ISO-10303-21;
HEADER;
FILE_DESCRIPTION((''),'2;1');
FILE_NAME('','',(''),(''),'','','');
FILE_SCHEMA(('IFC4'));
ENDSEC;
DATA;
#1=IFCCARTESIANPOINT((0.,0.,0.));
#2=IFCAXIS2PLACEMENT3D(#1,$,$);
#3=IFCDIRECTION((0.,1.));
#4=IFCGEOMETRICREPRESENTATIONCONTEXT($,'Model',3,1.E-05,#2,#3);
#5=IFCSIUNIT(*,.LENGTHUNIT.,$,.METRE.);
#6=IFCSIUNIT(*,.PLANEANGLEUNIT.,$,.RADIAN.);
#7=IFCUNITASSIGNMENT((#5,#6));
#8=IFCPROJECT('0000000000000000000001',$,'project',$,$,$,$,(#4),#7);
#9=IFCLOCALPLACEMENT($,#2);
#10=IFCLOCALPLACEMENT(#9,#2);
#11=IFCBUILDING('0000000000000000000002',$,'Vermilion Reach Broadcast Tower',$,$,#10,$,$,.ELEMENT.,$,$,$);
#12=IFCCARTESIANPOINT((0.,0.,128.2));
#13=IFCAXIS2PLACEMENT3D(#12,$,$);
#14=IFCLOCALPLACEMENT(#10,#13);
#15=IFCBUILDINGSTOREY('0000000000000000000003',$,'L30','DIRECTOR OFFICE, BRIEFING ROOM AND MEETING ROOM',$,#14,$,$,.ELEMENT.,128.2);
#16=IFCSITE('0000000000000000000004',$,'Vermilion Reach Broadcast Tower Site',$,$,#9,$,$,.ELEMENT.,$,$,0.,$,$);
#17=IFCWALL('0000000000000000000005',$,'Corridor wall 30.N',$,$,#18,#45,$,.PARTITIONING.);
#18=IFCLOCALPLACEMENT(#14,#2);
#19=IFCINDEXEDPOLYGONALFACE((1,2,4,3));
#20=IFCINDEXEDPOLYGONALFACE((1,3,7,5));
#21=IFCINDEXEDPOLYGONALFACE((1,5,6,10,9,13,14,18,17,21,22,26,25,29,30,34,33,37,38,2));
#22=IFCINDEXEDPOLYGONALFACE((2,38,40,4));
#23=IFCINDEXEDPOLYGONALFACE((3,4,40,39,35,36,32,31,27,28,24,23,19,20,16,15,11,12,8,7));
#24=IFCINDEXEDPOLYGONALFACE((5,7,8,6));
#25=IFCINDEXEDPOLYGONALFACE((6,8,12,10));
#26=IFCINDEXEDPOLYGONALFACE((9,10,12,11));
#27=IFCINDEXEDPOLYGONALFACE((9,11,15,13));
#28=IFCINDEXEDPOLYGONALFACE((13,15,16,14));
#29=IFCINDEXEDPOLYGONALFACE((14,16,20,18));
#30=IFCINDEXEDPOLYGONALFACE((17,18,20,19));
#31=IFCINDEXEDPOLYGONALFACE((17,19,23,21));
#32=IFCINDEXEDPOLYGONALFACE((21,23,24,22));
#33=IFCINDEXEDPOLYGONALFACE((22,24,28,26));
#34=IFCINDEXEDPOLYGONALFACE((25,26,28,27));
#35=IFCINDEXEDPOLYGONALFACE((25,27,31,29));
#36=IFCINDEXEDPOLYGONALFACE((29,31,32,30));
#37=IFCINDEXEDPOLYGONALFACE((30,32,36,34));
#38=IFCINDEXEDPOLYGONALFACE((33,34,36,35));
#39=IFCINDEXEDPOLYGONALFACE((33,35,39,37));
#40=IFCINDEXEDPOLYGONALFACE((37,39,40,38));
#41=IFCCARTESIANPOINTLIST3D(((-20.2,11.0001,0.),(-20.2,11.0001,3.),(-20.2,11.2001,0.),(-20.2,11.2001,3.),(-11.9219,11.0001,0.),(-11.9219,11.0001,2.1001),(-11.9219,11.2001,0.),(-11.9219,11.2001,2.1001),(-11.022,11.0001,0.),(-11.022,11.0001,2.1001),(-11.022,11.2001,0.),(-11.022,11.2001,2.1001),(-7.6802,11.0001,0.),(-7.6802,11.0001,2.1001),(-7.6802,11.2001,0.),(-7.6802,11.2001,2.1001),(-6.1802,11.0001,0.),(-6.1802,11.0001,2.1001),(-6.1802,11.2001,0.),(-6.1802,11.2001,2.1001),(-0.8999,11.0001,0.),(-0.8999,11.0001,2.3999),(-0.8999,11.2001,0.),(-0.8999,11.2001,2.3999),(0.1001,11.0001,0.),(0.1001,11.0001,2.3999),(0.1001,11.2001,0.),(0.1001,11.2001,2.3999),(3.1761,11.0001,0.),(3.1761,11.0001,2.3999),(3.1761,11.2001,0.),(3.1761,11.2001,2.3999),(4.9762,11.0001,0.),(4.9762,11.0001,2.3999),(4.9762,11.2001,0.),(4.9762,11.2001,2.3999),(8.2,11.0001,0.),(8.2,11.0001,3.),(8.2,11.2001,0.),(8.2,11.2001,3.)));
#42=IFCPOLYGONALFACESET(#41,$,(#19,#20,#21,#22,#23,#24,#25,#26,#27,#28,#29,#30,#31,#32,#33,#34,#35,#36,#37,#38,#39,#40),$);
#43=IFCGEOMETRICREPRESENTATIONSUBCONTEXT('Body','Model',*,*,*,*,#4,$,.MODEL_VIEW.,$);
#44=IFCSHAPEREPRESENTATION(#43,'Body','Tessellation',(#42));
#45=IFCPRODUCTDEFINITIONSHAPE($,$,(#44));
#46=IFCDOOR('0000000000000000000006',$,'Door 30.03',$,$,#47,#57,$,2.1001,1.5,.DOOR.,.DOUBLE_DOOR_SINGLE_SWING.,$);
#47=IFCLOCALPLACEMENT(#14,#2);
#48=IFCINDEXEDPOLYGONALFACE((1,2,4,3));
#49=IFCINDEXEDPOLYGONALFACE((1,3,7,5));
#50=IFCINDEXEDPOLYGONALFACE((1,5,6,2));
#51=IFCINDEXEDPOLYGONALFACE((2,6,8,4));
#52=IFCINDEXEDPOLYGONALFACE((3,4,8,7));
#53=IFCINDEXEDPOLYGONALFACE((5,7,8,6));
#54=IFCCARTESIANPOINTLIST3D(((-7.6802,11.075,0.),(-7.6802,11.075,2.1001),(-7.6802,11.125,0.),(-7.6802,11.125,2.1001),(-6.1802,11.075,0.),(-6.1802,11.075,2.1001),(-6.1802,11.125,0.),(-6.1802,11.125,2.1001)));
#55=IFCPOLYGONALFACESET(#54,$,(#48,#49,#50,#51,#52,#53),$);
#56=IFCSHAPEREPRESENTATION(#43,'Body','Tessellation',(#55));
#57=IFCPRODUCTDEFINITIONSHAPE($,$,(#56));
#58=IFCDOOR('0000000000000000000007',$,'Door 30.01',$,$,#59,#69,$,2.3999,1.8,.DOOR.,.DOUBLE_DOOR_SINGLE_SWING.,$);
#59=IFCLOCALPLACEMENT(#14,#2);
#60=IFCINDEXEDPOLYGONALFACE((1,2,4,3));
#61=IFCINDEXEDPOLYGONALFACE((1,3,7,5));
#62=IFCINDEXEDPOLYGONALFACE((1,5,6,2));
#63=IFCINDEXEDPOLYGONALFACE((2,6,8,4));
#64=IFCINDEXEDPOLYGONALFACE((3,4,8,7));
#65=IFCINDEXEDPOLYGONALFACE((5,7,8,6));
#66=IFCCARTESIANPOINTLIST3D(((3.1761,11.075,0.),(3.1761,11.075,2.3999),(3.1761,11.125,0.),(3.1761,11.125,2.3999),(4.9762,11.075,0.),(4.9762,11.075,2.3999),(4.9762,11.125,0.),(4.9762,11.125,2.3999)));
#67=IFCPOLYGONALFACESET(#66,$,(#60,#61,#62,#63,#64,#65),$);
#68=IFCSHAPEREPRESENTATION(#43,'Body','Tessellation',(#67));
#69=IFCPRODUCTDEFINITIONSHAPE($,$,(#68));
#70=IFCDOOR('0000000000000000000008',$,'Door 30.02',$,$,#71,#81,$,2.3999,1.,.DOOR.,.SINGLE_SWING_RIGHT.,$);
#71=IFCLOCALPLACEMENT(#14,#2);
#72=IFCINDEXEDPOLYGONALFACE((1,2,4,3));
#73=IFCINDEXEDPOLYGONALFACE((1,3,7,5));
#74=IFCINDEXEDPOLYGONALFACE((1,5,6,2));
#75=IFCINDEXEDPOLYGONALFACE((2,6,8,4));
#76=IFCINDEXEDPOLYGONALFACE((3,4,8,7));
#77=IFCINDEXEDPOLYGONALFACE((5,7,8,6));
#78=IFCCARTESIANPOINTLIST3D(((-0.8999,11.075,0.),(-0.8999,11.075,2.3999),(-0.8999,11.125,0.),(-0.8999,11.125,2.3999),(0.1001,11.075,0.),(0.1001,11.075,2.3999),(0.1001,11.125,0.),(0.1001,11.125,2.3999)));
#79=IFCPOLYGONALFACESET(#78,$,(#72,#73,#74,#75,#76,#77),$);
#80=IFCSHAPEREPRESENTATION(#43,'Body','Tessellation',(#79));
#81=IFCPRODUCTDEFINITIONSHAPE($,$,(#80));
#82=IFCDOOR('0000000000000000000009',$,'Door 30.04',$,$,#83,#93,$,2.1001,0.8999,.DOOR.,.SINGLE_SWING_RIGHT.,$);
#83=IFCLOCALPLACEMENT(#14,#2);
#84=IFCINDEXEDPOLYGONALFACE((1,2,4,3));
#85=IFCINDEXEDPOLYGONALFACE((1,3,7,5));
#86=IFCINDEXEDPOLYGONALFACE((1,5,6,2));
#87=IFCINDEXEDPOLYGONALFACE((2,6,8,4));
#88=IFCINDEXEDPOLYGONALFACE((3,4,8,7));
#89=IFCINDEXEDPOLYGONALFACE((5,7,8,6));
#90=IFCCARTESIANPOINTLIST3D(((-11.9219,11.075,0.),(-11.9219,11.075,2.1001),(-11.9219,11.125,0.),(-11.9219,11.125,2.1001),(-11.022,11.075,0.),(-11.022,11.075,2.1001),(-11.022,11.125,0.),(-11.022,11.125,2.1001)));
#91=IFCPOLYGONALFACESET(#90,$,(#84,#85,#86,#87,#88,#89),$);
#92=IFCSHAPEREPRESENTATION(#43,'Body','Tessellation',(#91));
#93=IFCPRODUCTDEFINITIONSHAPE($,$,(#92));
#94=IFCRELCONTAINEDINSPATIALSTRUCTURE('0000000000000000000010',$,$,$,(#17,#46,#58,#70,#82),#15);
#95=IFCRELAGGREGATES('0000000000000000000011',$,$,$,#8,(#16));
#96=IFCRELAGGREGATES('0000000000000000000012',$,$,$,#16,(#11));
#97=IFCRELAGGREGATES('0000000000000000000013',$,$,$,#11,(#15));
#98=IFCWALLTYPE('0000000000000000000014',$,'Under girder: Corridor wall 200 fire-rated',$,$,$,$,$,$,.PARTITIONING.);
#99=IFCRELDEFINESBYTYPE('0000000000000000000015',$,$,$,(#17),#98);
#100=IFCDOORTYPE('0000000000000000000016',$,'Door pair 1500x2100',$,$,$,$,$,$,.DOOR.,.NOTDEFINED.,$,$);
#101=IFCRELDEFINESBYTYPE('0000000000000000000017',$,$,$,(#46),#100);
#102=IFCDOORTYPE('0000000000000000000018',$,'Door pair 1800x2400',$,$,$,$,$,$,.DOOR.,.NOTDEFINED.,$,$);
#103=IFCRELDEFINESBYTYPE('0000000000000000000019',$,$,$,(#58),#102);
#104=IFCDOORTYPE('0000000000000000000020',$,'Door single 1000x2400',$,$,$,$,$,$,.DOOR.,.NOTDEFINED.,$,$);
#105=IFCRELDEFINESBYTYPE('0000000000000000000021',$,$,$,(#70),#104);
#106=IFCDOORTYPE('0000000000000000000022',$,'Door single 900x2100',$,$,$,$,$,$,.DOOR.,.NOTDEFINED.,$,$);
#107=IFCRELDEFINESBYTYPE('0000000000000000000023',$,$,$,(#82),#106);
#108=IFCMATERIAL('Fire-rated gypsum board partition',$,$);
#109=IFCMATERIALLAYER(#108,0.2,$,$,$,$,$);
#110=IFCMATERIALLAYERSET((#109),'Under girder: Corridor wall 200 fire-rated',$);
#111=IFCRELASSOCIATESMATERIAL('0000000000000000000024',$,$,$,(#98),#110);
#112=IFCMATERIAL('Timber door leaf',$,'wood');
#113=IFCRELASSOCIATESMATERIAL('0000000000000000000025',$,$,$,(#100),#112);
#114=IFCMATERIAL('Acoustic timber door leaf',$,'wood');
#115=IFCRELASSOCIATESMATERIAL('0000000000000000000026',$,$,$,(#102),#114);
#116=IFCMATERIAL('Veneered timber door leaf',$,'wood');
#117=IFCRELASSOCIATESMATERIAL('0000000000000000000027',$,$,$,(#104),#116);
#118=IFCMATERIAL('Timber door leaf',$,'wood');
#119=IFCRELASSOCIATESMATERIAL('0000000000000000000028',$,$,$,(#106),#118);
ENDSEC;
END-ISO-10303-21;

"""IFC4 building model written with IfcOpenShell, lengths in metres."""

from ifc_helpers import new_model, si_unit, direction, frame, frame_2d, origin, place, context, subcontext, project, spatial, rectangle, extrude, material, layer, layer_set, type_object, element, fill, save


model = new_model("IFC4")

# Units and contexts
model_context = context("Model", 3, precision=1e-05, world=origin(), true_north=direction((0.0, 1.0)))
body_context = subcontext(model_context, "Body", "Model", "MODEL_VIEW")
ifc_project = project(units=[si_unit("LENGTHUNIT", "METRE"), si_unit("PLANEANGLEUNIT", "RADIAN")], contexts=[model_context])

# Site, building, storey
site_placement = place(None, origin())
site = spatial("IfcSite", under=ifc_project, at=site_placement, Name="Vermilion Reach Broadcast Tower Site", CompositionType="ELEMENT", RefElevation=0.0)
building_placement = place(site_placement, origin())
building = spatial("IfcBuilding", under=site, at=building_placement, Name="Vermilion Reach Broadcast Tower", CompositionType="ELEMENT")
storey_placement = place(building_placement, frame((0.0, 0.0, 128.2)))
storey = spatial("IfcBuildingStorey", under=building, at=storey_placement, Name="L30", Description="DIRECTOR OFFICE, BRIEFING ROOM AND MEETING ROOM", CompositionType="ELEMENT", Elevation=128.2)

# Wall, openings, doors
ifc_material_1 = material(Name="Fire-rated gypsum board partition")
ifc_layer_1 = layer(ifc_material_1, 0.2)
ifc_layer_set_1 = layer_set([ifc_layer_1], Name="Under girder: Corridor wall 200 fire-rated")
wall_type_1 = type_object("IfcWallType", Name="Under girder: Corridor wall 200 fire-rated", PredefinedType="PARTITIONING", material=ifc_layer_set_1)
wall_1_placement = place(storey_placement, frame((-20.2, 11.1001, 0.0), z_axis=(0.0, 0.0, 1.0), x_axis=(1.0, 0.0, 0.0)))
wall_1 = element("IfcWall", 1, at=wall_1_placement, inside=storey, type_object=wall_type_1, Name="Corridor wall 30.N", PredefinedType="PARTITIONING", context=body_context, shape_type="SweptSolid", body=[
    extrude(rectangle(XDim=28.3999, YDim=0.2, at=frame_2d((14.2, 0.0))), origin(), (0.0, 0.0, 1.0), 3.0),
])
opening_1_placement = place(wall_1_placement, frame((23.3762, 0.0, 0.0)))
opening_1 = element("IfcOpeningElement", 2, at=opening_1_placement, cuts=wall_1, PredefinedType="OPENING", context=body_context, shape_type="SweptSolid", body=[
    extrude(rectangle(XDim=1.8, YDim=2.3999, at=frame_2d((0.8999, 1.2))), frame((0.0, 0.1099, 0.0), z_axis=(0.0, -1.0, 0.0), x_axis=(1.0, 0.0, 0.0)), (0.0, 0.0, 1.0), 0.22),
])
opening_2_placement = place(wall_1_placement, frame((19.3, 0.0, 0.0)))
opening_2 = element("IfcOpeningElement", 3, at=opening_2_placement, cuts=wall_1, PredefinedType="OPENING", context=body_context, shape_type="SweptSolid", body=[
    extrude(rectangle(XDim=1.0, YDim=2.3999, at=frame_2d((0.5, 1.2))), frame((0.0, 0.1099, 0.0), z_axis=(0.0, -1.0, 0.0), x_axis=(1.0, 0.0, 0.0)), (0.0, 0.0, 1.0), 0.22),
])
opening_3_placement = place(wall_1_placement, frame((12.5198, 0.0, 0.0)))
opening_3 = element("IfcOpeningElement", 4, at=opening_3_placement, cuts=wall_1, PredefinedType="OPENING", context=body_context, shape_type="SweptSolid", body=[
    extrude(rectangle(XDim=1.5, YDim=2.1001, at=frame_2d((0.75, 1.05))), frame((0.0, 0.1099, 0.0), z_axis=(0.0, -1.0, 0.0), x_axis=(1.0, 0.0, 0.0)), (0.0, 0.0, 1.0), 0.22),
])
opening_4_placement = place(wall_1_placement, frame((8.2781, 0.0, 0.0)))
opening_4 = element("IfcOpeningElement", 5, at=opening_4_placement, cuts=wall_1, PredefinedType="OPENING", context=body_context, shape_type="SweptSolid", body=[
    extrude(rectangle(XDim=0.8999, YDim=2.1001, at=frame_2d((0.45, 1.05))), frame((0.0, 0.1099, 0.0), z_axis=(0.0, -1.0, 0.0), x_axis=(1.0, 0.0, 0.0)), (0.0, 0.0, 1.0), 0.22),
])
ifc_material_2 = material(Name="Timber door leaf", Category="wood")
door_type_1 = type_object("IfcDoorType", Name="Door pair 1500x2100", OperationType="NOTDEFINED", PredefinedType="DOOR", material=ifc_material_2)
door_1_placement = place(opening_3_placement, origin())
door_1 = element("IfcDoor", 6, at=door_1_placement, inside=storey, type_object=door_type_1, Name="Door 30.03", OperationType="DOUBLE_DOOR_SINGLE_SWING", OverallHeight=2.1001, OverallWidth=1.5, PredefinedType="DOOR", context=body_context, shape_type="SweptSolid", body=[
    extrude(rectangle(XDim=1.5, YDim=2.1001, at=frame_2d((0.75, 1.05))), frame((0.0, 0.0249, 0.0), z_axis=(0.0, -1.0, 0.0), x_axis=(1.0, 0.0, 0.0)), (0.0, 0.0, 1.0), 0.05),
])
fill(opening_3, door_1)
ifc_material_3 = material(Name="Acoustic timber door leaf", Category="wood")
door_type_2 = type_object("IfcDoorType", Name="Door pair 1800x2400", OperationType="NOTDEFINED", PredefinedType="DOOR", material=ifc_material_3)
door_2_placement = place(opening_1_placement, origin())
door_2 = element("IfcDoor", 7, at=door_2_placement, inside=storey, type_object=door_type_2, Name="Door 30.01", OperationType="DOUBLE_DOOR_SINGLE_SWING", OverallHeight=2.3999, OverallWidth=1.8, PredefinedType="DOOR", context=body_context, shape_type="SweptSolid", body=[
    extrude(rectangle(XDim=1.8, YDim=2.3999, at=frame_2d((0.8999, 1.2))), frame((0.0, 0.0249, 0.0), z_axis=(0.0, -1.0, 0.0), x_axis=(1.0, 0.0, 0.0)), (0.0, 0.0, 1.0), 0.05),
])
fill(opening_1, door_2)
ifc_material_4 = material(Name="Veneered timber door leaf", Category="wood")
door_type_3 = type_object("IfcDoorType", Name="Door single 1000x2400", OperationType="NOTDEFINED", PredefinedType="DOOR", material=ifc_material_4)
door_3_placement = place(opening_2_placement, origin())
door_3 = element("IfcDoor", 8, at=door_3_placement, inside=storey, type_object=door_type_3, Name="Door 30.02", OperationType="SINGLE_SWING_RIGHT", OverallHeight=2.3999, OverallWidth=1.0, PredefinedType="DOOR", context=body_context, shape_type="SweptSolid", body=[
    extrude(rectangle(XDim=1.0, YDim=2.3999, at=frame_2d((0.5, 1.2))), frame((0.0, 0.0249, 0.0), z_axis=(0.0, -1.0, 0.0), x_axis=(1.0, 0.0, 0.0)), (0.0, 0.0, 1.0), 0.05),
])
fill(opening_2, door_3)
ifc_material_5 = material(Name="Timber door leaf", Category="wood")
door_type_4 = type_object("IfcDoorType", Name="Door single 900x2100", OperationType="NOTDEFINED", PredefinedType="DOOR", material=ifc_material_5)
door_4_placement = place(opening_4_placement, origin())
door_4 = element("IfcDoor", 9, at=door_4_placement, inside=storey, type_object=door_type_4, Name="Door 30.04", OperationType="SINGLE_SWING_RIGHT", OverallHeight=2.1001, OverallWidth=0.8999, PredefinedType="DOOR", context=body_context, shape_type="SweptSolid", body=[
    extrude(rectangle(XDim=0.8999, YDim=2.1001, at=frame_2d((0.45, 1.05))), frame((0.0, 0.0249, 0.0), z_axis=(0.0, -1.0, 0.0), x_axis=(1.0, 0.0, 0.0)), (0.0, 0.0, 1.0), 0.05),
])
fill(opening_4, door_4)

save(model, "model.ifc")
